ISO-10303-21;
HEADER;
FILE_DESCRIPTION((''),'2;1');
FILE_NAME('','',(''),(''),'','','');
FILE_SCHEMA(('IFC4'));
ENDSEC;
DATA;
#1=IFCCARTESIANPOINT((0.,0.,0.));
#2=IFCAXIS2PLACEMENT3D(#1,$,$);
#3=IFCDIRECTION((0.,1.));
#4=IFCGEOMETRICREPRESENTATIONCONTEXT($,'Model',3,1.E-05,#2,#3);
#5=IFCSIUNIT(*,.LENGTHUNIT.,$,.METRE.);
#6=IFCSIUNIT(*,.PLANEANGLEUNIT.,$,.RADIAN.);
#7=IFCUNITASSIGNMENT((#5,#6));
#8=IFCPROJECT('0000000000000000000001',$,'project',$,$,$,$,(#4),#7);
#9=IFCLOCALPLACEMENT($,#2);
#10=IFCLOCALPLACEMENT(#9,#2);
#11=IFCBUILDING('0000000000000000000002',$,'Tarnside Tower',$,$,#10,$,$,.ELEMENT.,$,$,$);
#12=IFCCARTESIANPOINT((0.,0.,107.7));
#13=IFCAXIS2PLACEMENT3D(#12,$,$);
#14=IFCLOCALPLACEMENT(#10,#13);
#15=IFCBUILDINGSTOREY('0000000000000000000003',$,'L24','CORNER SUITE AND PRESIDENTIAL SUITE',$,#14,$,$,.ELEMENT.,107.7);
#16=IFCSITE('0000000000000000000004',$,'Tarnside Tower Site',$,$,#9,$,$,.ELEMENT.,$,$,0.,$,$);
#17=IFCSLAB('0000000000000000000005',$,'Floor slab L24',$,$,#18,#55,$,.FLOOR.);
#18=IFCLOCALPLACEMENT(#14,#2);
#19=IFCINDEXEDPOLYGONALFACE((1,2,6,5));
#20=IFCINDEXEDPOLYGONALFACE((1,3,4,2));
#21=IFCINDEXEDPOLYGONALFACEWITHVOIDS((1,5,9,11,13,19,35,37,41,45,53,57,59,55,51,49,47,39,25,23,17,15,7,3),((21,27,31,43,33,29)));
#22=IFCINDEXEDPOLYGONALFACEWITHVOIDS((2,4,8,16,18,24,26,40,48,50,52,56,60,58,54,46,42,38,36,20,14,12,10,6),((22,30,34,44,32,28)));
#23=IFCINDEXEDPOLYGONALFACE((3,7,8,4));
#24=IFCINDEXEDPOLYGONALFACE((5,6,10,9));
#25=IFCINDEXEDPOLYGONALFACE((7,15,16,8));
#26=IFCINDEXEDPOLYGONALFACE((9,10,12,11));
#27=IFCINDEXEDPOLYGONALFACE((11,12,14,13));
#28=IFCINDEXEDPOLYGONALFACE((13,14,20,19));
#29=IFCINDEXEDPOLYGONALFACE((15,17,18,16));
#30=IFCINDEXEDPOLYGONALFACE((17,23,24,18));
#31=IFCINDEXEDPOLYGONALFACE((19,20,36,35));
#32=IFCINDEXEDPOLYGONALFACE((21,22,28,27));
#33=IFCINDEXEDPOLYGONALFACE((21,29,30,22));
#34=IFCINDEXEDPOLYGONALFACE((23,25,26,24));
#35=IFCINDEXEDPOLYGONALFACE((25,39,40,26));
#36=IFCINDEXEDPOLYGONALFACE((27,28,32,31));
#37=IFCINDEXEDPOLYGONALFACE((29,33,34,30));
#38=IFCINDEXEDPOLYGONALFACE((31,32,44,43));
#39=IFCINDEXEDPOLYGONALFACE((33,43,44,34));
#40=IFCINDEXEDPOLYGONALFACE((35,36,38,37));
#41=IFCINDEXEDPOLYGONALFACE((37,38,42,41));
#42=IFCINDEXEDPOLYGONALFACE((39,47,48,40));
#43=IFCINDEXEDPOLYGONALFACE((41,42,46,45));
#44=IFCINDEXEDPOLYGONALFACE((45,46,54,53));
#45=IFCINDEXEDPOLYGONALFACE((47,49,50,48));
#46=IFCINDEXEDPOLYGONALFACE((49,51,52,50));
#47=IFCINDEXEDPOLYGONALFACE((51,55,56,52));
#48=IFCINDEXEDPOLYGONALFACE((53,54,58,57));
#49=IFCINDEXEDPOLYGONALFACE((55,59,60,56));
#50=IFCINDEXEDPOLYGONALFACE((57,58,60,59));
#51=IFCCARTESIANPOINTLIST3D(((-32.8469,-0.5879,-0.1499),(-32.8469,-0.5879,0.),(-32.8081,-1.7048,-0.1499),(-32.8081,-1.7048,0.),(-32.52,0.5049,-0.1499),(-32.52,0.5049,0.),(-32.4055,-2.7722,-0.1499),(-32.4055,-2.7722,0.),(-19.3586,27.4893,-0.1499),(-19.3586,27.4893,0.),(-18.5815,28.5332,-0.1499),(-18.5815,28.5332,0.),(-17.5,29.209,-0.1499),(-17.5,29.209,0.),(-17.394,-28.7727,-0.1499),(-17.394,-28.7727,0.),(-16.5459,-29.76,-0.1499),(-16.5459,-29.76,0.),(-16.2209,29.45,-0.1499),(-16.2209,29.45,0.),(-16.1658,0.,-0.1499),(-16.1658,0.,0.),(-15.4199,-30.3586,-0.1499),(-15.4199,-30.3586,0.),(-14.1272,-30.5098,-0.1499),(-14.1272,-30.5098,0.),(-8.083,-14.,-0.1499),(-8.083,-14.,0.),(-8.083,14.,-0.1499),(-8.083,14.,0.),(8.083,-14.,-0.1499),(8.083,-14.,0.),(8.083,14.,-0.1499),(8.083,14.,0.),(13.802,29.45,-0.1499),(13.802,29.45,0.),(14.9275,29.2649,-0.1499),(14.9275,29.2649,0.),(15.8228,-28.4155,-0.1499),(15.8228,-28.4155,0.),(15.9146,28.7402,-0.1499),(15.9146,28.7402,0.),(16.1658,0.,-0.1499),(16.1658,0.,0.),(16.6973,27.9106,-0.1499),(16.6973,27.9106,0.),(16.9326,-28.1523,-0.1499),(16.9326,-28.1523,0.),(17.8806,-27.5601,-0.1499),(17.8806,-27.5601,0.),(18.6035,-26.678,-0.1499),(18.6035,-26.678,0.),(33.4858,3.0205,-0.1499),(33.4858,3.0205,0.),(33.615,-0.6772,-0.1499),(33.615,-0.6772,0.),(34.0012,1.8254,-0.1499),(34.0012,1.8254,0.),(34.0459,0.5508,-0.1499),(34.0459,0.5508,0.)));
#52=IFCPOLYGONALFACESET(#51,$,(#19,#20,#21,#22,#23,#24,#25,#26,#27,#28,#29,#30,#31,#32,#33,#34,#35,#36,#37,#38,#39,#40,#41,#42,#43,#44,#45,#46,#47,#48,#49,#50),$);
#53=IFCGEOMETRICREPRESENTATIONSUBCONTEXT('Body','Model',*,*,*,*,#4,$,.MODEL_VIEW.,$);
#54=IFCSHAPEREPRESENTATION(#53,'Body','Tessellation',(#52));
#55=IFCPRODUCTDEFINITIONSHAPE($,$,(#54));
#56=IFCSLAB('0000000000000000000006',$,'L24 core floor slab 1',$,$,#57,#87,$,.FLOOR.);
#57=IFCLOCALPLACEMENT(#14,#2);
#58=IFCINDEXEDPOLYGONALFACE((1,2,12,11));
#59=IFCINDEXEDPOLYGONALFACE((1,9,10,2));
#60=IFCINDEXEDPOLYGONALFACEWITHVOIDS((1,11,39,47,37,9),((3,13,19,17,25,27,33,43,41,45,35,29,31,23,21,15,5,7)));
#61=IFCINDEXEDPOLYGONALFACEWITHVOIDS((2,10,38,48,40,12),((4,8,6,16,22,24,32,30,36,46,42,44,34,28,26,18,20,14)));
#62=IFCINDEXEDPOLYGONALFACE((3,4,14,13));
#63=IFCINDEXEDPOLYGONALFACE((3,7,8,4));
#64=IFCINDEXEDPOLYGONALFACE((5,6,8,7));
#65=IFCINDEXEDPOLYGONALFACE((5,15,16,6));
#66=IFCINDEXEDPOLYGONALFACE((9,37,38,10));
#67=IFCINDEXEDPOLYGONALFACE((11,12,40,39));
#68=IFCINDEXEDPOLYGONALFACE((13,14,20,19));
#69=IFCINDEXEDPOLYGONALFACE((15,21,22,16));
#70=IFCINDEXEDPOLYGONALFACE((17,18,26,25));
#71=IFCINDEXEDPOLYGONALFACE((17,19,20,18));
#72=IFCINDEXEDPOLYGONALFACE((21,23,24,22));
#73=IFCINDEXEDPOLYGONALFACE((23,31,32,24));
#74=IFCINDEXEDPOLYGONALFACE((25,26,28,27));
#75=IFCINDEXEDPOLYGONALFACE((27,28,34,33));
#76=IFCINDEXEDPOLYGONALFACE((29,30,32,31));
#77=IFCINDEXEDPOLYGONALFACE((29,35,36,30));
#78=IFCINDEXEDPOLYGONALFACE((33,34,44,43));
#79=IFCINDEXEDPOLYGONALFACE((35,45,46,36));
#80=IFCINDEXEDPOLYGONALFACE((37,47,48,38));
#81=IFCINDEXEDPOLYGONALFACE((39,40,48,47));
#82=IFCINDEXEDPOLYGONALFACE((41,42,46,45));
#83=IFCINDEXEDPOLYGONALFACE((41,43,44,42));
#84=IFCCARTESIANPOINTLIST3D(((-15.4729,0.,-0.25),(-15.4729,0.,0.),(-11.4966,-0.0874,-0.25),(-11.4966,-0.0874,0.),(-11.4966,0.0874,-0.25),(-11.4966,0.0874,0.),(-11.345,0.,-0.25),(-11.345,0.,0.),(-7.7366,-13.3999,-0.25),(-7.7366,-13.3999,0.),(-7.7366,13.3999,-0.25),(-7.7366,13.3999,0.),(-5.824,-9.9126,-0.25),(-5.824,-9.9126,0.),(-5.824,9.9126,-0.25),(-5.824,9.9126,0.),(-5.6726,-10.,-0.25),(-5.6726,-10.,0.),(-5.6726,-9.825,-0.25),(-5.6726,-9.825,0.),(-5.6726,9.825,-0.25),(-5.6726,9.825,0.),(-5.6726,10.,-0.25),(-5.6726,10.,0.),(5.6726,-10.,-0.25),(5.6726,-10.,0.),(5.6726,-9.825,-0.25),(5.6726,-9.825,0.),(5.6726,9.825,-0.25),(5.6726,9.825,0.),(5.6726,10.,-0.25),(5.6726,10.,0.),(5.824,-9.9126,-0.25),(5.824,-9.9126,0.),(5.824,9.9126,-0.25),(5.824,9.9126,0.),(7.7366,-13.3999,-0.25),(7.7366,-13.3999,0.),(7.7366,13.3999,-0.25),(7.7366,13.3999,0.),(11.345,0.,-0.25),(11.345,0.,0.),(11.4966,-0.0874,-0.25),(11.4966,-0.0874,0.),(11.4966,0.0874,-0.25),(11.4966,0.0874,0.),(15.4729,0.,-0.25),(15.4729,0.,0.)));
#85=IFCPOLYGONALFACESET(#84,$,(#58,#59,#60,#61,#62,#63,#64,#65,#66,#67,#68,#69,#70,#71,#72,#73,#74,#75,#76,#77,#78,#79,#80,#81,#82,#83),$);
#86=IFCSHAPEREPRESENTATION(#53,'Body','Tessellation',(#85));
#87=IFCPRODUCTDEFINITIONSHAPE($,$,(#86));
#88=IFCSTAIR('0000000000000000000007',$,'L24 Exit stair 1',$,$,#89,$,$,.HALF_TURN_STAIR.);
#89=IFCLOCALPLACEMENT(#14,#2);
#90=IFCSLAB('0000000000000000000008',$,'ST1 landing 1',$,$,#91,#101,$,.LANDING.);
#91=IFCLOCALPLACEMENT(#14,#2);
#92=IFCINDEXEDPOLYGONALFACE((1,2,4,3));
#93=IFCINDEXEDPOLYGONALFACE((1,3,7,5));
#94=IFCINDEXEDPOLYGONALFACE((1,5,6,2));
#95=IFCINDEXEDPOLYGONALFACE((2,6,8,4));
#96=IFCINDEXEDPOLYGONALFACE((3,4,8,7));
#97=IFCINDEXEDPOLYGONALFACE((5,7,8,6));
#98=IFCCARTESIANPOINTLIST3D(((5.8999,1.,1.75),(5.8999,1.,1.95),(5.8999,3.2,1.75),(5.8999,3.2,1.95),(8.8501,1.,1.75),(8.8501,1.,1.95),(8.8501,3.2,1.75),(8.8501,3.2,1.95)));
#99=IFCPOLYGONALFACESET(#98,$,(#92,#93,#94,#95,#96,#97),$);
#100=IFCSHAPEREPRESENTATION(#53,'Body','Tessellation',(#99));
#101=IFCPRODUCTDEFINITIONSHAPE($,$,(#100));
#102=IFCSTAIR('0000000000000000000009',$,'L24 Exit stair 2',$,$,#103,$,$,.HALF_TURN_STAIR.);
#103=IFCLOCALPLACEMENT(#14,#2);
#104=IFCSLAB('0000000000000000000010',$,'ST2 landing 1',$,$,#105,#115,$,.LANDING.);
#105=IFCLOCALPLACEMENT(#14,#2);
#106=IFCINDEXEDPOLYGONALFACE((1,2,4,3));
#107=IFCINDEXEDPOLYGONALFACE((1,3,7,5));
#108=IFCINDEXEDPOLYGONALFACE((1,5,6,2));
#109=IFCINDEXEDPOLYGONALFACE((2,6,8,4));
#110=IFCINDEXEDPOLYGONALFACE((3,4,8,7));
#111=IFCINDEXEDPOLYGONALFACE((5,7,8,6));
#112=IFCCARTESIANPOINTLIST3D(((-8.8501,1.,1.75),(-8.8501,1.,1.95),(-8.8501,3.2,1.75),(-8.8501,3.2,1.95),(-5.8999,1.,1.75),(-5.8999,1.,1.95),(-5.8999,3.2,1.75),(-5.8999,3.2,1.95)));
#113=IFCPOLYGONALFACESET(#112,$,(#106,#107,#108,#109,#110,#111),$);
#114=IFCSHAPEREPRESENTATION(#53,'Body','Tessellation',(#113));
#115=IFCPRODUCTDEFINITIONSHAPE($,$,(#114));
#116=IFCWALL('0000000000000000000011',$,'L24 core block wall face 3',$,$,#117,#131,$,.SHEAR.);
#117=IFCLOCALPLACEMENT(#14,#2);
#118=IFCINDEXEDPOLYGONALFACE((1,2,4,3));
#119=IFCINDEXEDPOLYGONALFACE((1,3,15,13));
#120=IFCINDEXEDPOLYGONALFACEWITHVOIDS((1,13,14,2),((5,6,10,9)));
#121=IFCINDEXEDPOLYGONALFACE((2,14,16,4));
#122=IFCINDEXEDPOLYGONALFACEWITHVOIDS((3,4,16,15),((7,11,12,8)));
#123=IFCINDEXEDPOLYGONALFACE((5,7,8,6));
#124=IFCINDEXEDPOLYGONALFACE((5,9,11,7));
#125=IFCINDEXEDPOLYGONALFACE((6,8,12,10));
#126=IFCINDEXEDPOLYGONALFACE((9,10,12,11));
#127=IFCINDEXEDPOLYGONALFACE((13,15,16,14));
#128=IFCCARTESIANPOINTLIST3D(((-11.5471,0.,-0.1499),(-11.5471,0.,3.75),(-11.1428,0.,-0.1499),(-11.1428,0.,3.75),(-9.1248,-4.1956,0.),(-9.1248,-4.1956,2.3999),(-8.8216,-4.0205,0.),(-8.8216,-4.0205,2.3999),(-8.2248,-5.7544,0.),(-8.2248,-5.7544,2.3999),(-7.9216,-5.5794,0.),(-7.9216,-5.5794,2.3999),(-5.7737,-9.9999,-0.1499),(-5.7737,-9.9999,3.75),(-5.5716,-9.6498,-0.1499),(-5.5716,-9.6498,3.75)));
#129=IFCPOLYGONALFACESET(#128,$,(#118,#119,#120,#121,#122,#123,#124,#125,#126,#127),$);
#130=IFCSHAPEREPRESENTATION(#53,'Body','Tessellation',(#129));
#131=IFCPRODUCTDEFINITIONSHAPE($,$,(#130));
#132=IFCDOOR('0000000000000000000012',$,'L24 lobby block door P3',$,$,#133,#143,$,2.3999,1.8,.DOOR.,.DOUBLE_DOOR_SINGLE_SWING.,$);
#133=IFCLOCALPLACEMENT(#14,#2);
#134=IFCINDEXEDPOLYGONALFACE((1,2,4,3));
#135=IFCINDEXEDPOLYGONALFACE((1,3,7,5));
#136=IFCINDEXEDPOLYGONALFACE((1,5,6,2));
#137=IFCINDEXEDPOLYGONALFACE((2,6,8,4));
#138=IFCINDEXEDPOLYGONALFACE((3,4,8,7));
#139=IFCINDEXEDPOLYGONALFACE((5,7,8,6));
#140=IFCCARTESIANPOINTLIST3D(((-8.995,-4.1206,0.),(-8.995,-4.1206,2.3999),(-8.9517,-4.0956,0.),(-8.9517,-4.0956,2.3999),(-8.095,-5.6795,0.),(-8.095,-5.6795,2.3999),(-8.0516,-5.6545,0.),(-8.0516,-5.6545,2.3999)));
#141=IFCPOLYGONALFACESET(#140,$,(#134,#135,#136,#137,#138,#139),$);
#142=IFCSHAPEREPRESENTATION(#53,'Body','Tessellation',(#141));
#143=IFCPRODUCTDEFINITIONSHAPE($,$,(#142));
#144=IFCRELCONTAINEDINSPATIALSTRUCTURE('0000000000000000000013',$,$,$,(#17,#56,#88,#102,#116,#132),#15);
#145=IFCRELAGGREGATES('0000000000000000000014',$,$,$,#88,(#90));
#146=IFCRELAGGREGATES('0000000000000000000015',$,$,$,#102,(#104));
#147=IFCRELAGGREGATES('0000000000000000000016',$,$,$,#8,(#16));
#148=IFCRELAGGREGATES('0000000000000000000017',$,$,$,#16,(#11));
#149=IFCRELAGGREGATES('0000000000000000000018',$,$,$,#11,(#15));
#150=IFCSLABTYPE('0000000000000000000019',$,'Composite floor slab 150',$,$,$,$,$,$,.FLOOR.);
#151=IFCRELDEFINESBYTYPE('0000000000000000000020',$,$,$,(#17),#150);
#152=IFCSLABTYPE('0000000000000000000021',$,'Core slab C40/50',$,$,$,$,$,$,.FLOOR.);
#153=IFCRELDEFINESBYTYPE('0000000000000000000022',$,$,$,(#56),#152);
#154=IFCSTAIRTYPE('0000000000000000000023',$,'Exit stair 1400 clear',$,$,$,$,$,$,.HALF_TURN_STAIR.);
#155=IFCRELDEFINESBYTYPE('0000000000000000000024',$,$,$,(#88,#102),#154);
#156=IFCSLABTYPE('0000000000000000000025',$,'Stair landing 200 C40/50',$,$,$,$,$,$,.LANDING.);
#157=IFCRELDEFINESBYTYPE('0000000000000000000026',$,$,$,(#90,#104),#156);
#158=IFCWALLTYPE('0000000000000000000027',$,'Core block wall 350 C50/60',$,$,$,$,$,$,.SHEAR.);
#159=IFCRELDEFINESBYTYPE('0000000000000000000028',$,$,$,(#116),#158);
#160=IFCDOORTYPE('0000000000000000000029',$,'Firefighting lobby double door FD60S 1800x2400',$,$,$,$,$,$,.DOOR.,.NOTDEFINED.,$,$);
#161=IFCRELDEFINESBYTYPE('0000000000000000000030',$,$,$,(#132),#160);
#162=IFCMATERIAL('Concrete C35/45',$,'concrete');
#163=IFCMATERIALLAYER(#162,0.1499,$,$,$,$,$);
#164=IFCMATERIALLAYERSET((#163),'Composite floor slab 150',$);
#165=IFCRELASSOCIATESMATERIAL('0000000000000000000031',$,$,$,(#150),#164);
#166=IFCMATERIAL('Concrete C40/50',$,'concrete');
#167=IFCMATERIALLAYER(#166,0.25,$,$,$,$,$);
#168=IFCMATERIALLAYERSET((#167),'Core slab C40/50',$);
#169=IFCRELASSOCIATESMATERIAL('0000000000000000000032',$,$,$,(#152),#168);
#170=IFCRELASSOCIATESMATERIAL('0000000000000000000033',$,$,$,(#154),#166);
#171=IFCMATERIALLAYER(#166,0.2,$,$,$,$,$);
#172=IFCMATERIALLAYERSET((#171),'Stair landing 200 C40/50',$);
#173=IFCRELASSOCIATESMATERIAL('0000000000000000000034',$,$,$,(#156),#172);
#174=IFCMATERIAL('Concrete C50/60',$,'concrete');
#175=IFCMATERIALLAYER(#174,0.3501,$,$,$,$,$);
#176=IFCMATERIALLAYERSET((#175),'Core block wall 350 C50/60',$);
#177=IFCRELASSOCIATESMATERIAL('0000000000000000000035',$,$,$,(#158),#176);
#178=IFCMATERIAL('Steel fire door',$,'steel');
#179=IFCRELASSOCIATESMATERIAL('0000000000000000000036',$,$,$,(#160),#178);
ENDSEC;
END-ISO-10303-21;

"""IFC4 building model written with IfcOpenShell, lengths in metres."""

from ifc_helpers import new_model, si_unit, direction, frame, frame_2d, origin, place, context, subcontext, project, spatial, polyline, rectangle, outline, extrude, material, layer, layer_set, type_object, element, fill, aggregate, save


model = new_model("IFC4")

# Units and contexts
model_context = context("Model", 3, precision=1e-05, world=origin(), true_north=direction((0.0, 1.0)))
body_context = subcontext(model_context, "Body", "Model", "MODEL_VIEW")
ifc_project = project(units=[si_unit("LENGTHUNIT", "METRE"), si_unit("PLANEANGLEUNIT", "RADIAN")], contexts=[model_context])

# Site, building, storey
site_placement = place(None, origin())
site = spatial("IfcSite", under=ifc_project, at=site_placement, Name="Tarnside Tower Site", CompositionType="ELEMENT", RefElevation=0.0)
building_placement = place(site_placement, origin())
building = spatial("IfcBuilding", under=site, at=building_placement, Name="Tarnside Tower", CompositionType="ELEMENT")
storey_placement = place(building_placement, frame((0.0, 0.0, 107.7)))
storey = spatial("IfcBuildingStorey", under=building, at=storey_placement, Name="L24", Description="CORNER SUITE AND PRESIDENTIAL SUITE", CompositionType="ELEMENT", Elevation=107.7)

# Slabs
ifc_material_1 = material(Name="Concrete C35/45", Category="concrete")
ifc_layer_1 = layer(ifc_material_1, 0.1499)
ifc_layer_set_1 = layer_set([ifc_layer_1], Name="Composite floor slab 150")
slab_type_1 = type_object("IfcSlabType", Name="Composite floor slab 150", PredefinedType="FLOOR", material=ifc_layer_set_1)
slab_1_placement = place(storey_placement, frame((0.0, 0.0, -0.1499)))
element("IfcSlab", 1, at=slab_1_placement, inside=storey, type_object=slab_type_1, Name="Floor slab L24", PredefinedType="FLOOR", context=body_context, shape_type="SweptSolid", body=[
    extrude(outline(polyline([(14.9275, 29.2649), (15.9146, 28.7402), (16.6973, 27.9106), (33.4858, 3.0205), (34.0012, 1.8254), (34.0459, 0.5508), (33.615, -0.6772), (18.6035, -26.678), (17.8806, -27.5601), (16.9326, -28.1523), (15.8228, -28.4155), (-14.1272, -30.5098), (-15.4199, -30.3586), (-16.5459, -29.76), (-17.394, -28.7727), (-32.4055, -2.7722), (-32.8081, -1.7048), (-32.8469, -0.5879), (-32.52, 0.5049), (-19.3586, 27.4893), (-18.5815, 28.5332), (-17.5, 29.209), (-16.2209, 29.45), (13.802, 29.45), (14.9275, 29.2649)]), holes=[polyline([(-16.1658, 0.0), (-8.083, -14.0), (8.083, -14.0), (16.1658, 0.0), (8.083, 14.0), (-8.083, 14.0), (-16.1658, 0.0)])]), origin(), (0.0, 0.0, 1.0), 0.1499),
])
ifc_material_2 = material(Name="Concrete C40/50", Category="concrete")
ifc_layer_2 = layer(ifc_material_2, 0.25)
ifc_layer_set_2 = layer_set([ifc_layer_2], Name="Core slab C40/50")
slab_type_2 = type_object("IfcSlabType", Name="Core slab C40/50", PredefinedType="FLOOR", material=ifc_layer_set_2)
slab_2_placement = place(storey_placement, frame((0.0, 0.0, -0.25)))
element("IfcSlab", 2, at=slab_2_placement, inside=storey, type_object=slab_type_2, Name="L24 core floor slab 1", PredefinedType="FLOOR", context=body_context, shape_type="SweptSolid", body=[
    extrude(outline(polyline([(-15.4729, 0.0), (-7.7366, 13.3999), (7.7366, 13.3999), (15.4729, 0.0), (7.7366, -13.3999), (-7.7366, -13.3999), (-15.4729, 0.0)]), holes=[polyline([(5.824, -9.9126), (11.4966, -0.0874), (11.345, 0.0), (11.4966, 0.0874), (5.824, 9.9126), (5.6726, 9.825), (5.6726, 10.0), (-5.6726, 10.0), (-5.6726, 9.825), (-5.824, 9.9126), (-11.4966, 0.0874), (-11.345, 0.0), (-11.4966, -0.0874), (-5.824, -9.9126), (-5.6726, -9.825), (-5.6726, -10.0), (5.6726, -10.0), (5.6726, -9.825), (5.824, -9.9126)])]), origin(), (0.0, 0.0, 1.0), 0.25),
])

# Stairs, slabs
stair_type = type_object("IfcStairType", Name="Exit stair 1400 clear", PredefinedType="HALF_TURN_STAIR", material=ifc_material_2)
stair_1_placement = place(storey_placement, origin())
stair_1 = element("IfcStair", 3, at=stair_1_placement, inside=storey, type_object=stair_type, Name="L24 Exit stair 1", PredefinedType="HALF_TURN_STAIR")
ifc_layer_3 = layer(ifc_material_2, 0.2)
ifc_layer_set_3 = layer_set([ifc_layer_3], Name="Stair landing 200 C40/50")
slab_type_3 = type_object("IfcSlabType", Name="Stair landing 200 C40/50", PredefinedType="LANDING", material=ifc_layer_set_3)
slab_3_placement = place(storey_placement, frame((0.0, 0.0, 1.75)))
slab_3 = element("IfcSlab", 4, at=slab_3_placement, type_object=slab_type_3, Name="ST1 landing 1", PredefinedType="LANDING", context=body_context, shape_type="SweptSolid", body=[
    extrude(outline(polyline([(8.8501, 1.0), (8.8501, 3.2), (5.8999, 3.2), (5.8999, 1.0), (8.8501, 1.0)])), origin(), (0.0, 0.0, 1.0), 0.2),
])
aggregate(stair_1, [slab_3])
stair_2_placement = place(storey_placement, origin())
stair_2 = element("IfcStair", 5, at=stair_2_placement, inside=storey, type_object=stair_type, Name="L24 Exit stair 2", PredefinedType="HALF_TURN_STAIR")
slab_4_placement = place(storey_placement, frame((0.0, 0.0, 1.75)))
slab_4 = element("IfcSlab", 6, at=slab_4_placement, type_object=slab_type_3, Name="ST2 landing 1", PredefinedType="LANDING", context=body_context, shape_type="SweptSolid", body=[
    extrude(outline(polyline([(-5.8999, 1.0), (-5.8999, 3.2), (-8.8501, 3.2), (-8.8501, 1.0), (-5.8999, 1.0)])), origin(), (0.0, 0.0, 1.0), 0.2),
])

# Wall, opening, door
ifc_material_3 = material(Name="Concrete C50/60", Category="concrete")
ifc_layer_4 = layer(ifc_material_3, 0.3501)
ifc_layer_set_4 = layer_set([ifc_layer_4], Name="Core block wall 350 C50/60")
wall_type_1 = type_object("IfcWallType", Name="Core block wall 350 C50/60", PredefinedType="SHEAR", material=ifc_layer_set_4)
wall_1_placement = place(storey_placement, frame((-11.345, 0.0, -0.1499), z_axis=(0.0, 0.0, 1.0), x_axis=(0.499995, -0.866028, 0.0)))
wall_1 = element("IfcWall", 7, at=wall_1_placement, inside=storey, type_object=wall_type_1, Name="L24 core block wall face 3", PredefinedType="SHEAR", context=body_context, shape_type="SweptSolid", body=[
    extrude(outline(polyline([(-0.1011, -0.175), (11.4458, -0.175), (11.2437, 0.175), (0.1011, 0.175), (-0.1011, -0.175)])), origin(), (0.0, 0.0, 1.0), 3.8999),
])
opening_1_placement = place(wall_1_placement, frame((4.7437, 0.0, 0.1499)))
opening_1 = element("IfcOpeningElement", 8, at=opening_1_placement, cuts=wall_1, PredefinedType="OPENING", context=body_context, shape_type="SweptSolid", body=[
    extrude(rectangle(XDim=1.8, YDim=2.3999, at=frame_2d((0.8999, 1.2))), frame((0.0, 0.1851, 0.0), z_axis=(0.0, -1.0, 0.0), x_axis=(1.0, 0.0, 0.0)), (0.0, 0.0, 1.0), 0.3701),
])
ifc_material_4 = material(Name="Steel fire door", Category="steel")
door_type_1 = type_object("IfcDoorType", Name="Firefighting lobby double door FD60S 1800x2400", OperationType="NOTDEFINED", PredefinedType="DOOR", material=ifc_material_4)
door_1_placement = place(opening_1_placement, origin())
door_1 = element("IfcDoor", 9, at=door_1_placement, inside=storey, type_object=door_type_1, Name="L24 lobby block door P3", OperationType="DOUBLE_DOOR_SINGLE_SWING", OverallHeight=2.3999, OverallWidth=1.8, PredefinedType="DOOR", context=body_context, shape_type="SweptSolid", body=[
    extrude(rectangle(XDim=1.8, YDim=2.3999, at=frame_2d((0.8999, 1.2))), frame((0.0, 0.0249, 0.0), z_axis=(0.0, -1.0, 0.0), x_axis=(1.0, 0.0, 0.0)), (0.0, 0.0, 1.0), 0.05),
])
fill(opening_1, door_1)

aggregate(stair_2, [slab_4])

save(model, "model.ifc")
